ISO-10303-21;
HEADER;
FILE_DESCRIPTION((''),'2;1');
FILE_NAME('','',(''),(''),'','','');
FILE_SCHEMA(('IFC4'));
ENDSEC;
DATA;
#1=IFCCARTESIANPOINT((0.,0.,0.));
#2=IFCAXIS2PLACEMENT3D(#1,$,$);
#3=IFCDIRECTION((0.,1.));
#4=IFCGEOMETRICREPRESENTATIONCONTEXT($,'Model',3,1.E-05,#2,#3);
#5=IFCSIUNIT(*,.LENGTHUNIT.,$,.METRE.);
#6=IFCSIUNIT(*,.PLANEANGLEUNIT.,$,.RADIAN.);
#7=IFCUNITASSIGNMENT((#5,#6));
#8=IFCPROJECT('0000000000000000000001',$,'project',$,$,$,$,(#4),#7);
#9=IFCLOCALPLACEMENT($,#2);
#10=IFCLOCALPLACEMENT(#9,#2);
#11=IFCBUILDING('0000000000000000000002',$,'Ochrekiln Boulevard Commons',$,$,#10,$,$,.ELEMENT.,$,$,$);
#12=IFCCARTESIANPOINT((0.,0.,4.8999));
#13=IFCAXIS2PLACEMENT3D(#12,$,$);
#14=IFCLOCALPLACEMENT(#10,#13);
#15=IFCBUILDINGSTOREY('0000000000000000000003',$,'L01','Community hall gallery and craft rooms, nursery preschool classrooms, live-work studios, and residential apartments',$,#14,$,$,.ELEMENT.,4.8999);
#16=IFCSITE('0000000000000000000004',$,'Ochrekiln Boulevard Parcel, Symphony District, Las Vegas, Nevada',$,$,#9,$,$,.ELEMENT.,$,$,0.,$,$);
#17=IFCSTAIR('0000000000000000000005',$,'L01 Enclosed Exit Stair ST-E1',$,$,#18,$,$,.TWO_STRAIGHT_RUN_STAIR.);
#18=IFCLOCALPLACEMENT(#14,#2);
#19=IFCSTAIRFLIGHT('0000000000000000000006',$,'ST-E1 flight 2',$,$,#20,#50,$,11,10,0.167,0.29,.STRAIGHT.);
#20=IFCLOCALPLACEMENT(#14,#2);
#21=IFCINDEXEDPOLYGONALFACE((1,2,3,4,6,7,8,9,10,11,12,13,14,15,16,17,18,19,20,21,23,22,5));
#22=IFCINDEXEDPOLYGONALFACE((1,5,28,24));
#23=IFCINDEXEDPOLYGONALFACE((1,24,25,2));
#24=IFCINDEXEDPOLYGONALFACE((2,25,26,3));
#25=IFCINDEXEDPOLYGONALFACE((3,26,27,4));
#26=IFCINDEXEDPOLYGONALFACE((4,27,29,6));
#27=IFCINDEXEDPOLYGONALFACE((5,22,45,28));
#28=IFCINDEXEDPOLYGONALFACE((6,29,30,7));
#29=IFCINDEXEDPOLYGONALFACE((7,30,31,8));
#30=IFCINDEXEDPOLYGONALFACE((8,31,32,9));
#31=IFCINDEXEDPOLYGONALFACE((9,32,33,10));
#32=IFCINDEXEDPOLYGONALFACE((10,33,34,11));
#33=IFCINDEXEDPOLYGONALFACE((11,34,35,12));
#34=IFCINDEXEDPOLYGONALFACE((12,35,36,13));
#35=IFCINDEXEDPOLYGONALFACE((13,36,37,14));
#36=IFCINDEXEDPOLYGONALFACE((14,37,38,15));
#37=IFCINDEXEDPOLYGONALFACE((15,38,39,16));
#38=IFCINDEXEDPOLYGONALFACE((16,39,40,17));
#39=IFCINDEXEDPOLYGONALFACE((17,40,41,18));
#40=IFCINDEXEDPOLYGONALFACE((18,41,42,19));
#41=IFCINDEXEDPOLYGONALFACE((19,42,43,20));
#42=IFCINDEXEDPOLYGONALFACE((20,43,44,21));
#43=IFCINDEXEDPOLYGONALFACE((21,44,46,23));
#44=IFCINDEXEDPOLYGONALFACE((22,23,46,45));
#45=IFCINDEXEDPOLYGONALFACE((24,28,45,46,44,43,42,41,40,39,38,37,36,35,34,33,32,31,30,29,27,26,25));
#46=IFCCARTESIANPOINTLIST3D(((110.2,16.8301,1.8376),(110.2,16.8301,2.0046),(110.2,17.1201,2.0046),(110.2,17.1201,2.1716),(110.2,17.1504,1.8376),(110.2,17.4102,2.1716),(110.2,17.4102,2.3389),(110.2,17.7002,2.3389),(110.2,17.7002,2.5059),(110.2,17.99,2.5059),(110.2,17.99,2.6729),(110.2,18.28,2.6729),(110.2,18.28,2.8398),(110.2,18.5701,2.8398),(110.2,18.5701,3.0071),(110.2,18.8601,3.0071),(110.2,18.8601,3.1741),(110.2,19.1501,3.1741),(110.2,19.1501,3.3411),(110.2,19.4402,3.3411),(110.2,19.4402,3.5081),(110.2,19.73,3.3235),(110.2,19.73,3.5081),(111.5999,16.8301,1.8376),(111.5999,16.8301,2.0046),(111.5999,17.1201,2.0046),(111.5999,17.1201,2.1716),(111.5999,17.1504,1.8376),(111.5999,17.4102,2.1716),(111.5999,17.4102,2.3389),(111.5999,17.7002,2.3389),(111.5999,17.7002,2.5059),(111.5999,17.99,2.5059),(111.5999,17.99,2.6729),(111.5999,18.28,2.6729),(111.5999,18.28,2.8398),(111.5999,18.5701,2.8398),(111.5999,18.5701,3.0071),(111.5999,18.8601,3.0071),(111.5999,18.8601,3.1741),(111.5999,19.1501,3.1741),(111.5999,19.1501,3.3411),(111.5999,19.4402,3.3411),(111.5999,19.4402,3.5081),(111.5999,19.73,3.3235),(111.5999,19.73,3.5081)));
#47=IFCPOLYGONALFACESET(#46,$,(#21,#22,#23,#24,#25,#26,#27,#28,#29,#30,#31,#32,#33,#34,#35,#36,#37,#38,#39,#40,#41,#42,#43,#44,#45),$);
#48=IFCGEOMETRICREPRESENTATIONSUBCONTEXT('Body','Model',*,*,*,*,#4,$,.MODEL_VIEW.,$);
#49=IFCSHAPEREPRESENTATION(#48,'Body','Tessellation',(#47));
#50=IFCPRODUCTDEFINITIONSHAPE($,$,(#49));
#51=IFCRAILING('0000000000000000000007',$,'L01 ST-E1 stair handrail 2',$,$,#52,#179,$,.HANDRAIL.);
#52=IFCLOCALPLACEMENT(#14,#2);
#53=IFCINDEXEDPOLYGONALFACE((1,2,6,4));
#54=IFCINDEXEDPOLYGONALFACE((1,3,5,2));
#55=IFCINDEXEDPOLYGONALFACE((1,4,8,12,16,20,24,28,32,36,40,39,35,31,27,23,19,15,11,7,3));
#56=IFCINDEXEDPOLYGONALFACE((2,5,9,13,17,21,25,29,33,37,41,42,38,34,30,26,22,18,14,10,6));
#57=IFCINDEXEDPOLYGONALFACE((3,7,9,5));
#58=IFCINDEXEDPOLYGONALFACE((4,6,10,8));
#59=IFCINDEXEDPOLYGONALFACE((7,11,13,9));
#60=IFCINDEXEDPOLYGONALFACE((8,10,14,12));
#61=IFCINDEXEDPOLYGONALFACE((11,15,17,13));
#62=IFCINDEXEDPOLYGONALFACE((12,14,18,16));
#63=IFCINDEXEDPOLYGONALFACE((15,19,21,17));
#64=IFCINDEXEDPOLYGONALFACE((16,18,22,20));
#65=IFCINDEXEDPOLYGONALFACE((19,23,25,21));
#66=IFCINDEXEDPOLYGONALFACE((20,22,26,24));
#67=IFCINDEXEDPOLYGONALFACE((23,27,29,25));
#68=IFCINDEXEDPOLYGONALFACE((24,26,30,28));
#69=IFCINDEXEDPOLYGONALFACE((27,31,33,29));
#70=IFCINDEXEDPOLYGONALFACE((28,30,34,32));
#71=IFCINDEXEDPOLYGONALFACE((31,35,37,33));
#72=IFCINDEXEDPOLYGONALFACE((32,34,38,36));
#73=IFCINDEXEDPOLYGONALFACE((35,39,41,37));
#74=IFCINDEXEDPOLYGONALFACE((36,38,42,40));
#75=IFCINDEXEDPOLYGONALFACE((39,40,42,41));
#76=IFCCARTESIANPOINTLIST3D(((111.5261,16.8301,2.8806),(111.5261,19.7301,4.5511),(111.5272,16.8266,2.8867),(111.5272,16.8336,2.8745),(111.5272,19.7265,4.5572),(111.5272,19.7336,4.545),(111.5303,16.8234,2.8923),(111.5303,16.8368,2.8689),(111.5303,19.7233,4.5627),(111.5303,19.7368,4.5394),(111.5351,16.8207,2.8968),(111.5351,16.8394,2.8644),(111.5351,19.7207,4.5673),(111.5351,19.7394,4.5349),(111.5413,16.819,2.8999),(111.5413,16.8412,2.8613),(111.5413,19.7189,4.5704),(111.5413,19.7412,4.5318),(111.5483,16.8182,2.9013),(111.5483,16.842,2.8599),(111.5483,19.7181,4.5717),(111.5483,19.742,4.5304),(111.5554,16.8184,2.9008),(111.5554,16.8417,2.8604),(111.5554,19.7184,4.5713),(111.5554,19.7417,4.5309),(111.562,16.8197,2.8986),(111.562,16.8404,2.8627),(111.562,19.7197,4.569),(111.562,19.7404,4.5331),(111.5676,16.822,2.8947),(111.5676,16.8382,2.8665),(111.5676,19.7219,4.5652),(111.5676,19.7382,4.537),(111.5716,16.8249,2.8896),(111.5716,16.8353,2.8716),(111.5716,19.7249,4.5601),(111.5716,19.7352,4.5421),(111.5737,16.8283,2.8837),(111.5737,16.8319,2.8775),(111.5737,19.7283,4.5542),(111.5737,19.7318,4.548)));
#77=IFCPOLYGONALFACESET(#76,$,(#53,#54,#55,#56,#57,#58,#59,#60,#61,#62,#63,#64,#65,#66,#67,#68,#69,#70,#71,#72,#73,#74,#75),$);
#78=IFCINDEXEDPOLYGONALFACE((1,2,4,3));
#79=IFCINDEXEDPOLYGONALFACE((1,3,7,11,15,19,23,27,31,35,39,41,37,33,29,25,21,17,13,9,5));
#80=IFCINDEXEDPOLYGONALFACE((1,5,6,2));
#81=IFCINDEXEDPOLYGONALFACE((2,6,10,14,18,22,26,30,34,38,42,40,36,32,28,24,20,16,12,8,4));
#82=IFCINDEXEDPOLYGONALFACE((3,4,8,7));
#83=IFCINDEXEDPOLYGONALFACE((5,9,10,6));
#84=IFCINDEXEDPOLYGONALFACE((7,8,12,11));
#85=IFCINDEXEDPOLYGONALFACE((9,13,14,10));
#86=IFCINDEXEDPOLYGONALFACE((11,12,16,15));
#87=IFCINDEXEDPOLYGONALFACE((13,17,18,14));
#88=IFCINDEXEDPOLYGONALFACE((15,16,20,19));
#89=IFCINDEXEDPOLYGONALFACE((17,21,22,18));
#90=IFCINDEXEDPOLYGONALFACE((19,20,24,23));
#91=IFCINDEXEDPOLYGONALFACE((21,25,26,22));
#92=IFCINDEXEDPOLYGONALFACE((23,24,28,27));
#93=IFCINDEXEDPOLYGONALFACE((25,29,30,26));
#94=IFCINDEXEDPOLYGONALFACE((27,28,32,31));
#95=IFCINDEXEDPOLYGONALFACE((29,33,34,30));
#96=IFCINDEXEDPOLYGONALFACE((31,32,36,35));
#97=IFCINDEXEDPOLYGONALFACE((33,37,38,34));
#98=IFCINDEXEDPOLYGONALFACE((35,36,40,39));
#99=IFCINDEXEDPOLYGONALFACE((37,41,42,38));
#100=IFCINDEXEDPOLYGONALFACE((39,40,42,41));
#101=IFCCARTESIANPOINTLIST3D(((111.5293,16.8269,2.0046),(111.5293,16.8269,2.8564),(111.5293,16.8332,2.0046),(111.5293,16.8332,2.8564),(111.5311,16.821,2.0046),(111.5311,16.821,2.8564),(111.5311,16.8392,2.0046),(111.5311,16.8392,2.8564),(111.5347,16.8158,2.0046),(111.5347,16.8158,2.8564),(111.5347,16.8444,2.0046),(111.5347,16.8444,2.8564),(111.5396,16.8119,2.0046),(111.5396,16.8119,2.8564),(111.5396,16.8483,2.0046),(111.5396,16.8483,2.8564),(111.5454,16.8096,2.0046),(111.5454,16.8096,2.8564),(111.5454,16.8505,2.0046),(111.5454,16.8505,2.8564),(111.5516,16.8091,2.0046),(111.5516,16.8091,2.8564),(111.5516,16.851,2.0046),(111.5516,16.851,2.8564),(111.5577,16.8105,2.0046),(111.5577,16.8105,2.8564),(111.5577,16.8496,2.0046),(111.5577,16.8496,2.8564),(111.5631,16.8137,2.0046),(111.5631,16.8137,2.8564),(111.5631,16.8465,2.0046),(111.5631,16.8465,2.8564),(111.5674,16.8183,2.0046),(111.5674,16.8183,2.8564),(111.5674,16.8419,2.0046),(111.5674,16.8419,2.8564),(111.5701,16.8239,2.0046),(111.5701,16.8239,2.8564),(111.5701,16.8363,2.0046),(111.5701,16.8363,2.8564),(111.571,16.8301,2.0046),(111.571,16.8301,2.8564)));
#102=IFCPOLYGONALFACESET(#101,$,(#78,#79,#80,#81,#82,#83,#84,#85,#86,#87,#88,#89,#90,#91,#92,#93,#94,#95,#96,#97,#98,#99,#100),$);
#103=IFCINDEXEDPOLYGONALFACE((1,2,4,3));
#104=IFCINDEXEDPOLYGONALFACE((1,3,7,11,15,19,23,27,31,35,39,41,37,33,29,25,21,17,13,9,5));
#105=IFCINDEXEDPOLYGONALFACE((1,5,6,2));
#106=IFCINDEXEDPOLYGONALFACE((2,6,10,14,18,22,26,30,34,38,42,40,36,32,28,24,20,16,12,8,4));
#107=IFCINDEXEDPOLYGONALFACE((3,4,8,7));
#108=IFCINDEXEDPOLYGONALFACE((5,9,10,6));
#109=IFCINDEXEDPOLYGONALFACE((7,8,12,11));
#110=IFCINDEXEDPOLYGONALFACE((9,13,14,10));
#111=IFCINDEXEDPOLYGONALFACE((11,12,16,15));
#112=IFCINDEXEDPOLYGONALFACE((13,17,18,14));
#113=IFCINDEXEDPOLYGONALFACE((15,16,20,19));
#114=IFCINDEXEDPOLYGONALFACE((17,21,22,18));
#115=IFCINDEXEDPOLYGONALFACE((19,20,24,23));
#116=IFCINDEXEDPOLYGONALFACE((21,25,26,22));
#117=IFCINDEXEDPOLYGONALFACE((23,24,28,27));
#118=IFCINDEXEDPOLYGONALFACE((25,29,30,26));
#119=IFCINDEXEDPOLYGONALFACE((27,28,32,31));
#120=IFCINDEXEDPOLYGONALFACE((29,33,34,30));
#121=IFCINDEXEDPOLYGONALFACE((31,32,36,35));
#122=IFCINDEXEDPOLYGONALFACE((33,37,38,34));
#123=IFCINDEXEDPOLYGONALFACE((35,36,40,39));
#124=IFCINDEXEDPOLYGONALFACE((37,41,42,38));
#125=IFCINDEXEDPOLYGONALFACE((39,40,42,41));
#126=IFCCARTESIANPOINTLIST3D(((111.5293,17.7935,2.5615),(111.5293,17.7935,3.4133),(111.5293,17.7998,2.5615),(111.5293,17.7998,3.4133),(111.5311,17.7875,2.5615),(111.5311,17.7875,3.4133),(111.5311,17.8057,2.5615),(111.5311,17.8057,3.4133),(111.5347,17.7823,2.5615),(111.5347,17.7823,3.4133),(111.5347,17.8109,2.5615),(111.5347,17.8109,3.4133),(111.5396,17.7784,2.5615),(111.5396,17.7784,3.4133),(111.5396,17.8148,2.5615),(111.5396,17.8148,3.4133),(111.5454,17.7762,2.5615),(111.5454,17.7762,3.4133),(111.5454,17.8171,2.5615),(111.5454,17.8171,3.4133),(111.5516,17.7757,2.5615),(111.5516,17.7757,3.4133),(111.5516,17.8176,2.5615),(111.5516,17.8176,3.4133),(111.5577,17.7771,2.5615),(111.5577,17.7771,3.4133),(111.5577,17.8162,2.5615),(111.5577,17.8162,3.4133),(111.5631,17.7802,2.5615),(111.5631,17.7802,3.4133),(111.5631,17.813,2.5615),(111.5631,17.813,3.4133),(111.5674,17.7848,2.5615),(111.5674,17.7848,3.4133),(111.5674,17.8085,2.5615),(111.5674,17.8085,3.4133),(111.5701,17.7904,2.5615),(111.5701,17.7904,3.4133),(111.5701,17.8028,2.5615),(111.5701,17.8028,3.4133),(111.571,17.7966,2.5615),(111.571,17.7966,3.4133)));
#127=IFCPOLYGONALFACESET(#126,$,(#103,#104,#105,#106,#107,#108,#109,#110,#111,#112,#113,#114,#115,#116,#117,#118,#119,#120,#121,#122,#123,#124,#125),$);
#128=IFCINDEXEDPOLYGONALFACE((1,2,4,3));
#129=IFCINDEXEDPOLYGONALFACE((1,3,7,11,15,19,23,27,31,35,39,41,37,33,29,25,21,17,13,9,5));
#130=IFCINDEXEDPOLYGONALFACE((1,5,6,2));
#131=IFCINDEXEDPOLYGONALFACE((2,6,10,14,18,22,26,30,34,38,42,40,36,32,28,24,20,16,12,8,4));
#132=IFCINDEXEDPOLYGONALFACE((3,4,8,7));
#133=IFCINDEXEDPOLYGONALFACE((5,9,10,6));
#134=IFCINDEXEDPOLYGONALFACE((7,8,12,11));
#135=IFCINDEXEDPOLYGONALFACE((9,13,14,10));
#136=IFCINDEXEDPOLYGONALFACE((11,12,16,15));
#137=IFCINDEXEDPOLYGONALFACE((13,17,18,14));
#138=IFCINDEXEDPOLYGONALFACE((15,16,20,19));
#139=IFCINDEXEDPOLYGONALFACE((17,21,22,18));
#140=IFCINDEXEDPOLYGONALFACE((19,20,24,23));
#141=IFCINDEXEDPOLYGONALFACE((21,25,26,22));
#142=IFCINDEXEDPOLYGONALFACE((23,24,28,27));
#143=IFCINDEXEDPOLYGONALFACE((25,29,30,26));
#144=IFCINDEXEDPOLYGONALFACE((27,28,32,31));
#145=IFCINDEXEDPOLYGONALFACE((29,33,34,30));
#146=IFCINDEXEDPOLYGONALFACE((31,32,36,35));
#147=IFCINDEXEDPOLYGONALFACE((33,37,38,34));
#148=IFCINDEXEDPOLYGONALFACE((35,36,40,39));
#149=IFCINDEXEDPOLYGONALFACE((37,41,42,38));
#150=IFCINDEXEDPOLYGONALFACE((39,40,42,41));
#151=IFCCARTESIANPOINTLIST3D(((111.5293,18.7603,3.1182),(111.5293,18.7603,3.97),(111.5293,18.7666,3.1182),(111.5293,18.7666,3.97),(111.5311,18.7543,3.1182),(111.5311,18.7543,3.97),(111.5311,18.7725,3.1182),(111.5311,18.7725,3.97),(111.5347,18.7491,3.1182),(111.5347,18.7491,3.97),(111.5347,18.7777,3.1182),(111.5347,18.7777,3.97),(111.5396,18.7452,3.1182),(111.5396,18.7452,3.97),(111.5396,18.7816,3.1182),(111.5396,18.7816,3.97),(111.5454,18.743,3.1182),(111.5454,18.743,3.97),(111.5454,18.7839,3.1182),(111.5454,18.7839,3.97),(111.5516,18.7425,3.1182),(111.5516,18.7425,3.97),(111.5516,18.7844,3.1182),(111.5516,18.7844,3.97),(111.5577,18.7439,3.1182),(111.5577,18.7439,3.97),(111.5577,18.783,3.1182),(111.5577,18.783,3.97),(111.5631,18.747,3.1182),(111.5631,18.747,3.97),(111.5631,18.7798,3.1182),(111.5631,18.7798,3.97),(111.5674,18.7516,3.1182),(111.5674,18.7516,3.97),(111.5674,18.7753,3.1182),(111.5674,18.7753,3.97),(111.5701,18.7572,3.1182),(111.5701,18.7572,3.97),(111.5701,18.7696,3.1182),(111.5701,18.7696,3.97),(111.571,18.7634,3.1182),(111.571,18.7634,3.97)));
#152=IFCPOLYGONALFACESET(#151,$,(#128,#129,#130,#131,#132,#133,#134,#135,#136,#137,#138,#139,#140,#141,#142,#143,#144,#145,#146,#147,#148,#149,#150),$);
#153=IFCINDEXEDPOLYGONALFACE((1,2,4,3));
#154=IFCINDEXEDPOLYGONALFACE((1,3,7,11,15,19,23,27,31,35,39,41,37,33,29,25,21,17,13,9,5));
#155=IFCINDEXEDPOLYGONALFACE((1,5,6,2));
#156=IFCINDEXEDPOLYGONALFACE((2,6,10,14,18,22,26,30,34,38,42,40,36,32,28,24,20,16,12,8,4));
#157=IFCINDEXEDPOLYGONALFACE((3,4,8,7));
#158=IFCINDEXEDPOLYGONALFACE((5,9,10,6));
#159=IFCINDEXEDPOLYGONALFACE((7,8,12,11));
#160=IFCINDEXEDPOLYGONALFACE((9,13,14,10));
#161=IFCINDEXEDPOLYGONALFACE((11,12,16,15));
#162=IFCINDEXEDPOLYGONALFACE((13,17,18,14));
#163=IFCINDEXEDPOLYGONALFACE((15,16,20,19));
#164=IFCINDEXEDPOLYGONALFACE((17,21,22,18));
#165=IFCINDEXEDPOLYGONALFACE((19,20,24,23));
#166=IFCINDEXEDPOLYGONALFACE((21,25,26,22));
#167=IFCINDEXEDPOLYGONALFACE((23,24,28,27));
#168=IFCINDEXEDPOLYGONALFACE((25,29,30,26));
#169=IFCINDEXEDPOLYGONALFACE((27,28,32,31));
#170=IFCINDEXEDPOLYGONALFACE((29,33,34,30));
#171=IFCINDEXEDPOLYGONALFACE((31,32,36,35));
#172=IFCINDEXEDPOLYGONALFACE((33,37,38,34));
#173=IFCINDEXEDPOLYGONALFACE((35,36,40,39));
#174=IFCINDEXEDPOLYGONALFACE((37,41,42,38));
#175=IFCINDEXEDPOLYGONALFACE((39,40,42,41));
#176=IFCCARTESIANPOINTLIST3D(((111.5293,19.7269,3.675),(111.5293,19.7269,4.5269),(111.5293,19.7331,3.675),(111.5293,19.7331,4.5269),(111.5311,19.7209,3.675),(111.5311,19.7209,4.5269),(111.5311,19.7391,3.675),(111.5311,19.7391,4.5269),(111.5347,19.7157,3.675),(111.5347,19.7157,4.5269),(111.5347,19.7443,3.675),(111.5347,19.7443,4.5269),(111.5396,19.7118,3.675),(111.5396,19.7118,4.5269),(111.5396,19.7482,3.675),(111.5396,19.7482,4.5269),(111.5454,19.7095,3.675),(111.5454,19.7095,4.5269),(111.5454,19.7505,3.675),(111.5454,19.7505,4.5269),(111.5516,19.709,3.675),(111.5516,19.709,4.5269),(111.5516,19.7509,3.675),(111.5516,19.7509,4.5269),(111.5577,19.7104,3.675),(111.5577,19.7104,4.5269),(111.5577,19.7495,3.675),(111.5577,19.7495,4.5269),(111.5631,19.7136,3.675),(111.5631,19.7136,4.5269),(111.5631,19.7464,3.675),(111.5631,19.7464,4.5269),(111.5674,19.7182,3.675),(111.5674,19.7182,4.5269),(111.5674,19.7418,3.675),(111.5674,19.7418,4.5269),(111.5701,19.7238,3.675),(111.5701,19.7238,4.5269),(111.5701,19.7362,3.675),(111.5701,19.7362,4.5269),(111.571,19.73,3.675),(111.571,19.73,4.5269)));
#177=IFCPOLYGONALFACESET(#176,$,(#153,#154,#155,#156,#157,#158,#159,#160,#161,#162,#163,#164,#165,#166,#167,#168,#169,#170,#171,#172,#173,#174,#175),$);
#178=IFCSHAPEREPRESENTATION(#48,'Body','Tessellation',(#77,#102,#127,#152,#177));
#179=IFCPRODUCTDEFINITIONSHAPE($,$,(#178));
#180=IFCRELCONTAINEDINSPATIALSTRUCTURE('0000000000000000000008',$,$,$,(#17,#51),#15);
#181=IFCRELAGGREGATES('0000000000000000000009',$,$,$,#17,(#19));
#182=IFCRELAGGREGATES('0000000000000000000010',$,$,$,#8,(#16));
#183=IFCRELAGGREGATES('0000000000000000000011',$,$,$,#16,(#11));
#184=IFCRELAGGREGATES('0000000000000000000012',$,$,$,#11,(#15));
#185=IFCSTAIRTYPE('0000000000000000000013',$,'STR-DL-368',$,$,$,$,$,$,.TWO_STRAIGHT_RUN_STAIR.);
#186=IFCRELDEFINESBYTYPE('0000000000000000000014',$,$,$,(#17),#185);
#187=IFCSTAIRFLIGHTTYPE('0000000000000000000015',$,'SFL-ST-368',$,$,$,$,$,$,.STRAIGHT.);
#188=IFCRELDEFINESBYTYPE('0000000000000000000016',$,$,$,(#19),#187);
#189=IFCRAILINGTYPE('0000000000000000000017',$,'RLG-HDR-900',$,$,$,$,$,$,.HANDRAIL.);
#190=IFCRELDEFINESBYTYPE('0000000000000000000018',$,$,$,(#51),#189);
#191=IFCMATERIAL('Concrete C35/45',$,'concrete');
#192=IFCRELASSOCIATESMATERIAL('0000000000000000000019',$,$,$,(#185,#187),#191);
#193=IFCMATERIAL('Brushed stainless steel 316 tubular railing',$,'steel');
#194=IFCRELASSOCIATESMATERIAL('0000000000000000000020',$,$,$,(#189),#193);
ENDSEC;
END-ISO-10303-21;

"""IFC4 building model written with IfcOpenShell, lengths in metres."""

from ifc_helpers import new_model, si_unit, direction, frame, origin, origin_2d, place, context, subcontext, project, spatial, polyline, circle, outline, extrude, material, type_object, element, aggregate, save


model = new_model("IFC4")

# Units and contexts
model_context = context("Model", 3, precision=1e-05, world=origin(), true_north=direction((0.0, 1.0)))
body_context = subcontext(model_context, "Body", "Model", "MODEL_VIEW")
ifc_project = project(units=[si_unit("LENGTHUNIT", "METRE"), si_unit("PLANEANGLEUNIT", "RADIAN")], contexts=[model_context])

# Site, building, storey
site_placement = place(None, origin())
site = spatial("IfcSite", under=ifc_project, at=site_placement, Name="Ochrekiln Boulevard Parcel, Symphony District, Las Vegas, Nevada", CompositionType="ELEMENT", RefElevation=0.0)
building_placement = place(site_placement, origin())
building = spatial("IfcBuilding", under=site, at=building_placement, Name="Ochrekiln Boulevard Commons", CompositionType="ELEMENT")
storey_placement = place(building_placement, frame((0.0, 0.0, 4.8999)))
storey = spatial("IfcBuildingStorey", under=building, at=storey_placement, Name="L01", Description="Community hall gallery and craft rooms, nursery preschool classrooms, live-work studios, and residential apartments", CompositionType="ELEMENT", Elevation=4.8999)

# Shared definitions
ifc_material_1 = material(Name="Concrete C35/45", Category="concrete")

# Stair, stair flight
stair_type = type_object("IfcStairType", Name="STR-DL-368", PredefinedType="TWO_STRAIGHT_RUN_STAIR", material=ifc_material_1)
stair_placement = place(storey_placement, origin())
stair = element("IfcStair", 1, at=stair_placement, inside=storey, type_object=stair_type, Name="L01 Enclosed Exit Stair ST-E1", PredefinedType="TWO_STRAIGHT_RUN_STAIR")
stair_flight_type = type_object("IfcStairFlightType", Name="SFL-ST-368", PredefinedType="STRAIGHT", material=ifc_material_1)
stair_flight_placement = place(storey_placement, frame((110.8999, 16.8301, 1.8376), z_axis=(0.0, 0.0, 1.0), x_axis=(0.0, 1.0, 0.0)))
stair_flight = element("IfcStairFlight", 2, at=stair_flight_placement, type_object=stair_flight_type, Name="ST-E1 flight 2", NumberOfRisers=11, NumberOfTreads=10, PredefinedType="STRAIGHT", RiserHeight=0.167, TreadLength=0.29, context=body_context, shape_type="SweptSolid", body=[
    extrude(outline(polyline([(0.0, 0.0), (0.0, 0.167), (0.29, 0.167), (0.29, 0.334), (0.5801, 0.334), (0.5801, 0.5012), (0.8701, 0.5012), (0.8701, 0.6682), (1.1599, 0.6682), (1.1599, 0.8352), (1.45, 0.8352), (1.45, 1.0022), (1.74, 1.0022), (1.74, 1.1694), (2.03, 1.1694), (2.03, 1.3364), (2.3201, 1.3364), (2.3201, 1.5034), (2.6101, 1.5034), (2.6101, 1.6704), (2.8999, 1.6704), (2.8999, 1.8374), (2.8999, 1.4858), (0.3203, 0.0), (0.0, 0.0)])), frame((0.0, 0.7, 0.0), z_axis=(0.0, -1.0, 0.0), x_axis=(1.0, 0.0, 0.0)), (0.0, 0.0, 1.0), 1.3999),
])
aggregate(stair, [stair_flight])

# Railing
ifc_material_2 = material(Name="Brushed stainless steel 316 tubular railing", Category="steel")
railing_type_1 = type_object("IfcRailingType", Name="RLG-HDR-900", PredefinedType="HANDRAIL", material=ifc_material_2)
railing_1_placement = place(storey_placement, frame((111.55, 16.8301, 2.0046)))
element("IfcRailing", 3, at=railing_1_placement, inside=storey, type_object=railing_type_1, Name="L01 ST-E1 stair handrail 2", PredefinedType="HANDRAIL", context=body_context, shape_type="SweptSolid", body=[
    extrude(circle(Radius=0.0239, at=origin_2d()), frame((0.0, 0.0, 0.876), z_axis=(0.0, 0.866523, 0.499137), x_axis=(-1.0, 0.0, 0.0)), (0.0, 0.0, 1.0), 3.3467),
    extrude(circle(Radius=0.021, at=origin_2d()), origin(), (0.0, 0.0, 1.0), 0.8518),
    extrude(circle(Radius=0.021, at=origin_2d()), frame((0.0, 0.9666, 0.5569)), (0.0, 0.0, 1.0), 0.8518),
    extrude(circle(Radius=0.021, at=origin_2d()), frame((0.0, 1.9333, 1.1135)), (0.0, 0.0, 1.0), 0.8518),
    extrude(circle(Radius=0.021, at=origin_2d()), frame((0.0, 2.8999, 1.6704)), (0.0, 0.0, 1.0), 0.8518),
])

save(model, "model.ifc")
